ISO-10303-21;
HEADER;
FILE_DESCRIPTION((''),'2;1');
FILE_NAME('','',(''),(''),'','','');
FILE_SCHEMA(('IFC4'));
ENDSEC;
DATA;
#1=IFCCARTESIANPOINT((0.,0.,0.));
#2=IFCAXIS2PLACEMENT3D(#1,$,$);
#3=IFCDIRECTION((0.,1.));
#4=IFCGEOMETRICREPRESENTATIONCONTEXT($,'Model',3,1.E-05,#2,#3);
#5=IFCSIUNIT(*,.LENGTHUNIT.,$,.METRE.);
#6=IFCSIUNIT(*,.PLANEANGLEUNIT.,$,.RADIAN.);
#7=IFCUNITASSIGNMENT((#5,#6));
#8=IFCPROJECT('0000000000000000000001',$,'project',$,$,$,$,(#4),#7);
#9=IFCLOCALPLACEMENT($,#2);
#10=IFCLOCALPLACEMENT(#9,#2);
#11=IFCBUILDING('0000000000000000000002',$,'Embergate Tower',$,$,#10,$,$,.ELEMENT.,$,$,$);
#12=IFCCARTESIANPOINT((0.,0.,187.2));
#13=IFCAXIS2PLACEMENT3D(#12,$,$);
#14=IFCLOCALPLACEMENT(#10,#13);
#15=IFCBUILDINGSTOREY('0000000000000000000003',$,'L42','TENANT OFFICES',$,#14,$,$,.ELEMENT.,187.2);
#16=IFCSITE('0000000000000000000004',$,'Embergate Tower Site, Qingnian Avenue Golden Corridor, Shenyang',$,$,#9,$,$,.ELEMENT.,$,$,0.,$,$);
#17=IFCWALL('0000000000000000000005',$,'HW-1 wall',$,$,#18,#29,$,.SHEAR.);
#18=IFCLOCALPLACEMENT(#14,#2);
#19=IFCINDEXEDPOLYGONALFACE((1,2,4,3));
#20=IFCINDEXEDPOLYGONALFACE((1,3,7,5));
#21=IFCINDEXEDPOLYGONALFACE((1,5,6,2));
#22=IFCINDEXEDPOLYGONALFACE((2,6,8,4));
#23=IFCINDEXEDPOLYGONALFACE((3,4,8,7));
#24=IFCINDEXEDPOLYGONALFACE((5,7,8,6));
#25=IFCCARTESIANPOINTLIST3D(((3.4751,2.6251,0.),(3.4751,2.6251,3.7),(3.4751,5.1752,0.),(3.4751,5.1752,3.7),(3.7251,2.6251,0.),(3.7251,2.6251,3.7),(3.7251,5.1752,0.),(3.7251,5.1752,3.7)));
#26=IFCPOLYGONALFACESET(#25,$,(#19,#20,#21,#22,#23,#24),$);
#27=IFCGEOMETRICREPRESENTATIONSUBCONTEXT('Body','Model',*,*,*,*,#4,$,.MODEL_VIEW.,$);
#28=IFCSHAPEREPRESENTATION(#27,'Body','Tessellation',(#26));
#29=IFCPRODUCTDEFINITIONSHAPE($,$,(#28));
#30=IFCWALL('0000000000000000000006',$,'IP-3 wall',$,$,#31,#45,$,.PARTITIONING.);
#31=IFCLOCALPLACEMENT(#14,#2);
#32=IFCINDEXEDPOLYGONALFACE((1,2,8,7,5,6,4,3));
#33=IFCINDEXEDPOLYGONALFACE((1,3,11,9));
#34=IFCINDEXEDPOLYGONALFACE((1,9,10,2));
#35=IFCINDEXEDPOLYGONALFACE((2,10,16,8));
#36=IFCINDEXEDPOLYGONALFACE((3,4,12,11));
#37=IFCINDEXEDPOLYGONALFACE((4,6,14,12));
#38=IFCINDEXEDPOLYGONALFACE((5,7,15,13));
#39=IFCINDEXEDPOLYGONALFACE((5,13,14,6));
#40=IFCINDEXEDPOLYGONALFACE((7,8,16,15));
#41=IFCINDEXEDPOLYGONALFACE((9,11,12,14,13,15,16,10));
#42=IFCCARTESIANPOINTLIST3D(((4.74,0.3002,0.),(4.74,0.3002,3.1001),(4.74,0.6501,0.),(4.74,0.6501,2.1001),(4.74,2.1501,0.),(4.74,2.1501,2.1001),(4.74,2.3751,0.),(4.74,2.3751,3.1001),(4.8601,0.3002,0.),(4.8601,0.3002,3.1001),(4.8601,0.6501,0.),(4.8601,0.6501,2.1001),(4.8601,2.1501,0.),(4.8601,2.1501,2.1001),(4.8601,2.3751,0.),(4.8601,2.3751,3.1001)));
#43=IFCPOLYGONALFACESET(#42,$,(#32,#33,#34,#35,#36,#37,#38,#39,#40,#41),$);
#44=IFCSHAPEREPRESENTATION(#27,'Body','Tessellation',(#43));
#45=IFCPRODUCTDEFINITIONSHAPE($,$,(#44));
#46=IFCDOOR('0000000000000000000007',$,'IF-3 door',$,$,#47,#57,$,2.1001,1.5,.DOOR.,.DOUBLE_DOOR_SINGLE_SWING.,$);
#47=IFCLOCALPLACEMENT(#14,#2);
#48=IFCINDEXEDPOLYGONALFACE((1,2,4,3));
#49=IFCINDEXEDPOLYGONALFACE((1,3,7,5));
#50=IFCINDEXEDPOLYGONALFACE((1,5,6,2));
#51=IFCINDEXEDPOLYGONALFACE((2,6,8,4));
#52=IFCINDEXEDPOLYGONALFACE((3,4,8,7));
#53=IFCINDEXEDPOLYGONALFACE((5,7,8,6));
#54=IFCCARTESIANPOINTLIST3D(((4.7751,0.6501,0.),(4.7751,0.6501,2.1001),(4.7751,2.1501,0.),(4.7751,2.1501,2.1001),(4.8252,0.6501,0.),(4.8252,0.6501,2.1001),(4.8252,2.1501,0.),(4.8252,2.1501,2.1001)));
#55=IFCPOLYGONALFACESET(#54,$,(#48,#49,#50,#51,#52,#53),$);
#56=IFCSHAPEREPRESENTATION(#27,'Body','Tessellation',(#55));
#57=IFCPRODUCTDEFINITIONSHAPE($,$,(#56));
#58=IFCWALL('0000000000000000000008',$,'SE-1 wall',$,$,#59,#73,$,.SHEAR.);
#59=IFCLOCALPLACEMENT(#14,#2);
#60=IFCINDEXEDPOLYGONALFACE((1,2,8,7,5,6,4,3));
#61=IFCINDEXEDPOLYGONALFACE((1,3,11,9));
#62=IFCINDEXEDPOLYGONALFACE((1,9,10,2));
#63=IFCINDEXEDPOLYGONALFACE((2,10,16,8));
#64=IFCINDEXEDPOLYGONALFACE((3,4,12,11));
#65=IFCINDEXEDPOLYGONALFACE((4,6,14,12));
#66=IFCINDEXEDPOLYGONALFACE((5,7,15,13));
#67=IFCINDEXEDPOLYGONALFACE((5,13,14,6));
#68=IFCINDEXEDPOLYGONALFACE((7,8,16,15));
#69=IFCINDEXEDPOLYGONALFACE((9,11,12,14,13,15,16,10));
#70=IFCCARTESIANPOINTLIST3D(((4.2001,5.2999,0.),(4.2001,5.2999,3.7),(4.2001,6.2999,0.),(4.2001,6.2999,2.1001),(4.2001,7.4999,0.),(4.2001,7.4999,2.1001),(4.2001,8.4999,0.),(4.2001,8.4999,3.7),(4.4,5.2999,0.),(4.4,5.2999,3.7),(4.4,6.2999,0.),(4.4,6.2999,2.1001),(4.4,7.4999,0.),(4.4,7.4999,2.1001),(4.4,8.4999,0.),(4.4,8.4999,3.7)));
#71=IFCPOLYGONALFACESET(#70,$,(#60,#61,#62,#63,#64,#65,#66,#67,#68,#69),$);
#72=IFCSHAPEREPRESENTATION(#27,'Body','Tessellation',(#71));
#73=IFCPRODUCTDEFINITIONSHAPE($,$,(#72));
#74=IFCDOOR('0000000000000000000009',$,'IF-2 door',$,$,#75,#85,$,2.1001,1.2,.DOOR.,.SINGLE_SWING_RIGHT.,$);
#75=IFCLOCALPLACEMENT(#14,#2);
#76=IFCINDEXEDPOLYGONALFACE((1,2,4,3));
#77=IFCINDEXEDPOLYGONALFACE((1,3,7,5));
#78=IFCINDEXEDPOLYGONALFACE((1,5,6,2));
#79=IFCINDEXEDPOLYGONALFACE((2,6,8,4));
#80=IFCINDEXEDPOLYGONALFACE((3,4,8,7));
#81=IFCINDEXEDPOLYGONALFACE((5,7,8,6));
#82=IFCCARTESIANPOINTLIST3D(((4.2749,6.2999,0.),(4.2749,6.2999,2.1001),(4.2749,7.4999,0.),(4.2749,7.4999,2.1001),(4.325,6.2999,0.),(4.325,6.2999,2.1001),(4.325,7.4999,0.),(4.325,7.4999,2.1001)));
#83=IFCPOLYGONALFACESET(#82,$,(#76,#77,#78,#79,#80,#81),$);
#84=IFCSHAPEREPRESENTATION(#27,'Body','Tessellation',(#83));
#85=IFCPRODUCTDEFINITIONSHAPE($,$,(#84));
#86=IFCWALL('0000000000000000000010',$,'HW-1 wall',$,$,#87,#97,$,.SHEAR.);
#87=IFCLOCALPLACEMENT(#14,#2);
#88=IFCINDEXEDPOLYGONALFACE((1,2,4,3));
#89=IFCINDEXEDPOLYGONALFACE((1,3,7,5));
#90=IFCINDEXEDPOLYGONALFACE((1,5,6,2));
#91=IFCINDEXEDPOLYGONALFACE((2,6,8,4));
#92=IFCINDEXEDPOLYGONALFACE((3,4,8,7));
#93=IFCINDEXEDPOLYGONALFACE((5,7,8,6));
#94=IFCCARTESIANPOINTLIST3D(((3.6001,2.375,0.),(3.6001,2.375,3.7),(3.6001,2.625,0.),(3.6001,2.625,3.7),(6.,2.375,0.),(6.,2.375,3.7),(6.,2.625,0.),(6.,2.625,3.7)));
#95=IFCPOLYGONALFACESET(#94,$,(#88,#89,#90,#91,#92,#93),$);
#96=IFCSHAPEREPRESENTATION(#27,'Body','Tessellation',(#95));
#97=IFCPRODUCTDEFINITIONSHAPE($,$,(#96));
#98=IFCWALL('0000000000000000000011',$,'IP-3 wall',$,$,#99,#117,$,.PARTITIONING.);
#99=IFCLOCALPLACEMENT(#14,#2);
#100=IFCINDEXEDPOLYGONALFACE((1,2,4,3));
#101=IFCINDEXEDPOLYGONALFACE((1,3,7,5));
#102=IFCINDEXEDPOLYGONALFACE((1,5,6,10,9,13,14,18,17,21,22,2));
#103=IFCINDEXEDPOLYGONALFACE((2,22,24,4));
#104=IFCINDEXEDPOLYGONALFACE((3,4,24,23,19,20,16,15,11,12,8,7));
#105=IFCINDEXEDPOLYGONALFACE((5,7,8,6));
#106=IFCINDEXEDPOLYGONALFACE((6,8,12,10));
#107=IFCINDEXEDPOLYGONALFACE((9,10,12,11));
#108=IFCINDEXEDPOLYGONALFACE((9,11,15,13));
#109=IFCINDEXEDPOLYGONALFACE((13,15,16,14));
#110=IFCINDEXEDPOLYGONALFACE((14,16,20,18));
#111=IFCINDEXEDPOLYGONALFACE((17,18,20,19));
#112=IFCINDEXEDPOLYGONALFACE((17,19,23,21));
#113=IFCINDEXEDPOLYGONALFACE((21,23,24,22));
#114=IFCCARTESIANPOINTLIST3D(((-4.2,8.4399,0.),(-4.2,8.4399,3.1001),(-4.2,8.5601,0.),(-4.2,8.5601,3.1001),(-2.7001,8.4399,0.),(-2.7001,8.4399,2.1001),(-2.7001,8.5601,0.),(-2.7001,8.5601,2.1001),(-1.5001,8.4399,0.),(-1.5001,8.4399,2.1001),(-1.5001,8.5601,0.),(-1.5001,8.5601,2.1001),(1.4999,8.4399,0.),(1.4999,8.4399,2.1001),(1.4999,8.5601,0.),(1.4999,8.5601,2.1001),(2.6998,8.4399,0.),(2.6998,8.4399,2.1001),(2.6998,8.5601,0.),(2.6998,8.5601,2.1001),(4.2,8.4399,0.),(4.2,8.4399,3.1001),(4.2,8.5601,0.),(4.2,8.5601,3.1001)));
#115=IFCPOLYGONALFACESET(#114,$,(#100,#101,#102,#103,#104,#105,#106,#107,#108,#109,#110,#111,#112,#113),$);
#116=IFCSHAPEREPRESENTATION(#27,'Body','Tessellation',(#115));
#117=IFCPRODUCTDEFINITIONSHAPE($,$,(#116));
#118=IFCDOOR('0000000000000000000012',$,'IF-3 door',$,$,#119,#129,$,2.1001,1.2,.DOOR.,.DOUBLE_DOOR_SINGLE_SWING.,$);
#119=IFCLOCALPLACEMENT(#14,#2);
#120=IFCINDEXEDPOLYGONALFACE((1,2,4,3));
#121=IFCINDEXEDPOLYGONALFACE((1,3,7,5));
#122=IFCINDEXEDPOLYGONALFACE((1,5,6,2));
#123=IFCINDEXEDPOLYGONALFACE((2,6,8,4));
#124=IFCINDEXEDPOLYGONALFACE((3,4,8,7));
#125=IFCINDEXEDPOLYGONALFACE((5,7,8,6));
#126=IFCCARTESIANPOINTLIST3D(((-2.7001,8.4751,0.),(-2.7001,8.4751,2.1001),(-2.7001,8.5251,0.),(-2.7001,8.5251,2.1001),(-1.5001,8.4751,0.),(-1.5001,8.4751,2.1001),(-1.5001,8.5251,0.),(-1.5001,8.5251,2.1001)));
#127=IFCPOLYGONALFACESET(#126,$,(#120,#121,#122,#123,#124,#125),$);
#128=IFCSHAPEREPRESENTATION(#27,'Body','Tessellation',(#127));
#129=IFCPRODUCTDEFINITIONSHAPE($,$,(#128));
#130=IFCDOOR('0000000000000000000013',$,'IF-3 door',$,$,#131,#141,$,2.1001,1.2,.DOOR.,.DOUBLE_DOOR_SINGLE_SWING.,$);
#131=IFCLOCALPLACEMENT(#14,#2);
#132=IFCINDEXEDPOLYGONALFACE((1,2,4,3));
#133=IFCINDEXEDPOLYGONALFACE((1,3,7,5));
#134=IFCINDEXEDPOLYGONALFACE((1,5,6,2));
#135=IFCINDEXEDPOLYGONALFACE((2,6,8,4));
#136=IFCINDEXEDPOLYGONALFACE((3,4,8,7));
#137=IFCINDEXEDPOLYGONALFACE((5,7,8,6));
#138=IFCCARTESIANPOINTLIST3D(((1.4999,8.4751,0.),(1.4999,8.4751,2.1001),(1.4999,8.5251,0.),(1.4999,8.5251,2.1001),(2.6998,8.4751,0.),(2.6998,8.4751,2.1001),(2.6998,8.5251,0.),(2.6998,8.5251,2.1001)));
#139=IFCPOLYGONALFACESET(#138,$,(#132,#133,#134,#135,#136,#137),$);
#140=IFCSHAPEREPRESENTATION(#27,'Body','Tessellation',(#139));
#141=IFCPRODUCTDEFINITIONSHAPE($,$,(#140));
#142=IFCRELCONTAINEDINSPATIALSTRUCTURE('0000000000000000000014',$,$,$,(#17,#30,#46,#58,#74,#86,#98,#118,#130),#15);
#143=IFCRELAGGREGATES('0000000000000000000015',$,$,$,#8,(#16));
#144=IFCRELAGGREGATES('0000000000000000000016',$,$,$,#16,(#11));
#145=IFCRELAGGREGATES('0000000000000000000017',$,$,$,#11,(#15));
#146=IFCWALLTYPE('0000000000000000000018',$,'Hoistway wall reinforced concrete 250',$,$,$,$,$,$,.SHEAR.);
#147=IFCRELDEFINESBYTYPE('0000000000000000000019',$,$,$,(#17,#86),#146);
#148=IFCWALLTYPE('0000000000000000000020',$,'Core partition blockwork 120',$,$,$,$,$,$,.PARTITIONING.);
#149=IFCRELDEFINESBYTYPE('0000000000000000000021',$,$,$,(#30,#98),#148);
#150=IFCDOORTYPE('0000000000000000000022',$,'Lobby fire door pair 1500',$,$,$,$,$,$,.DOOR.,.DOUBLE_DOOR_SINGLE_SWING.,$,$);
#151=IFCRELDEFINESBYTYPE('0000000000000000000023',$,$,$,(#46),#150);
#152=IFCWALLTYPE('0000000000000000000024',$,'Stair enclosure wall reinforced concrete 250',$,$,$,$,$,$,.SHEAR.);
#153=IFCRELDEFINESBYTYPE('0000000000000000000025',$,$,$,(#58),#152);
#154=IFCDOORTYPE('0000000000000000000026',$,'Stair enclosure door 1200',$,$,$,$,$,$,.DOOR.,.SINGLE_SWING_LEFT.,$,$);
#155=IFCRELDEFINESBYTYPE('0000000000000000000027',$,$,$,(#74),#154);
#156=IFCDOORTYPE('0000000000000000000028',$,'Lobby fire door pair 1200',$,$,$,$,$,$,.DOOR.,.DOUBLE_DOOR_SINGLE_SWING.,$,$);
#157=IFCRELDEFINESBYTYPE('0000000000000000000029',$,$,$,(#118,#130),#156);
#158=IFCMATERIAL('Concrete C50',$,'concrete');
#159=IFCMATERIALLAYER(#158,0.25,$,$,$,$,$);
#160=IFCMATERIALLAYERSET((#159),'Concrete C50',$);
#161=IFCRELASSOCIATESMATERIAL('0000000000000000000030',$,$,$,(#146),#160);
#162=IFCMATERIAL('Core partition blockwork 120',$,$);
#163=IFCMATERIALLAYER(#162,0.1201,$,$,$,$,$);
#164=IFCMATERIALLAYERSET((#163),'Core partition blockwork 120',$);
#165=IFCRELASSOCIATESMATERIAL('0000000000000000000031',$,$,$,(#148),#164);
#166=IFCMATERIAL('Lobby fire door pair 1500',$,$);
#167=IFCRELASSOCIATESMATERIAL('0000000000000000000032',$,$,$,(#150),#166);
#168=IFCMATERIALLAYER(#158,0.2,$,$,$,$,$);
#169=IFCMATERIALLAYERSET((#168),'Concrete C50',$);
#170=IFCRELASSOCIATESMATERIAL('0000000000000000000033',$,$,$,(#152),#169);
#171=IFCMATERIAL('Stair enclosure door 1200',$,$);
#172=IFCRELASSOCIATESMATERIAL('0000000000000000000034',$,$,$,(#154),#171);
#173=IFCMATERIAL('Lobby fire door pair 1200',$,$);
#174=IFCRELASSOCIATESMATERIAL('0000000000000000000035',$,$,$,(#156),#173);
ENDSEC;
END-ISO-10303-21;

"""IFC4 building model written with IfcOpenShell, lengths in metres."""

from ifc_helpers import new_model, si_unit, direction, frame, frame_2d, origin, place, context, subcontext, project, spatial, rectangle, extrude, source, transform, mapped, material, layer, layer_set, type_object, element, fill, save


model = new_model("IFC4")

# Units and contexts
model_context = context("Model", 3, precision=1e-05, world=origin(), true_north=direction((0.0, 1.0)))
body_context = subcontext(model_context, "Body", "Model", "MODEL_VIEW")
ifc_project = project(units=[si_unit("LENGTHUNIT", "METRE"), si_unit("PLANEANGLEUNIT", "RADIAN")], contexts=[model_context])

# Site, building, storey
site_placement = place(None, origin())
site = spatial("IfcSite", under=ifc_project, at=site_placement, Name="Embergate Tower Site, Qingnian Avenue Golden Corridor, Shenyang", CompositionType="ELEMENT", RefElevation=0.0)
building_placement = place(site_placement, origin())
building = spatial("IfcBuilding", under=site, at=building_placement, Name="Embergate Tower", CompositionType="ELEMENT")
storey_placement = place(building_placement, frame((0.0, 0.0, 187.2)))
storey = spatial("IfcBuildingStorey", under=building, at=storey_placement, Name="L42", Description="TENANT OFFICES", CompositionType="ELEMENT", Elevation=187.2)

# Wall
ifc_material_1 = material(Name="Concrete C50", Category="concrete")
ifc_layer_1 = layer(ifc_material_1, 0.25)
ifc_layer_set_1 = layer_set([ifc_layer_1], Name="Concrete C50")
wall_type_1 = type_object("IfcWallType", Name="Hoistway wall reinforced concrete 250", PredefinedType="SHEAR", material=ifc_layer_set_1)
shared_shape_1 = source(origin(), body_context, "Body", "SweptSolid", [
    extrude(rectangle(XDim=2.55, YDim=0.25, at=frame_2d((1.2749, 0.0))), origin(), (0.0, 0.0, 1.0), 3.7),
])
wall_1_placement = place(storey_placement, frame((3.6001, 5.175, 0.0), z_axis=(0.0, 0.0, 1.0), x_axis=(0.0, -1.0, 0.0)))
element("IfcWall", 1, at=wall_1_placement, inside=storey, type_object=wall_type_1, Name="HW-1 wall", PredefinedType="SHEAR", context=body_context, shape_type="MappedRepresentation", body=[
    mapped(shared_shape_1, transform((0.0, 0.0, 0.0))),
])

# Walls, openings, doors
ifc_material_2 = material(Name="Core partition blockwork 120")
ifc_layer_2 = layer(ifc_material_2, 0.1201)
ifc_layer_set_2 = layer_set([ifc_layer_2], Name="Core partition blockwork 120")
wall_type_2 = type_object("IfcWallType", Name="Core partition blockwork 120", PredefinedType="PARTITIONING", material=ifc_layer_set_2)
shared_shape_2 = source(origin(), body_context, "Body", "SweptSolid", [
    extrude(rectangle(XDim=2.075, YDim=0.1201, at=frame_2d((1.0376, 0.0))), origin(), (0.0, 0.0, 1.0), 3.1001),
])
wall_2_placement = place(storey_placement, frame((4.8, 0.3, 0.0), z_axis=(0.0, 0.0, 1.0), x_axis=(0.0, 1.0, 0.0)))
wall_2 = element("IfcWall", 2, at=wall_2_placement, inside=storey, type_object=wall_type_2, Name="IP-3 wall", PredefinedType="PARTITIONING", context=body_context, shape_type="MappedRepresentation", body=[
    mapped(shared_shape_2, transform((0.0, 0.0, 0.0))),
])
shared_shape_3 = source(origin(), body_context, "Body", "SweptSolid", [
    extrude(rectangle(XDim=1.5, YDim=2.1001, at=frame_2d((0.75, 1.05))), frame((0.0, 0.0701, 0.0), z_axis=(0.0, -1.0, 0.0), x_axis=(1.0, 0.0, 0.0)), (0.0, 0.0, 1.0), 0.1401),
])
opening_1_placement = place(wall_2_placement, frame((0.3501, 0.0, 0.0)))
opening_1 = element("IfcOpeningElement", 3, at=opening_1_placement, cuts=wall_2, PredefinedType="OPENING", context=body_context, shape_type="MappedRepresentation", body=[
    mapped(shared_shape_3, transform((0.0, 0.0, 0.0))),
])
ifc_material_3 = material(Name="Lobby fire door pair 1500")
door_type_1 = type_object("IfcDoorType", Name="Lobby fire door pair 1500", OperationType="DOUBLE_DOOR_SINGLE_SWING", PredefinedType="DOOR", material=ifc_material_3)
shared_shape_4 = source(origin(), body_context, "Body", "SweptSolid", [
    extrude(rectangle(XDim=1.5, YDim=2.1001, at=frame_2d((0.75, 1.05))), frame((0.0, 0.0249, 0.0), z_axis=(0.0, -1.0, 0.0), x_axis=(1.0, 0.0, 0.0)), (0.0, 0.0, 1.0), 0.05),
])
door_1_placement = place(opening_1_placement, origin())
door_1 = element("IfcDoor", 4, at=door_1_placement, inside=storey, type_object=door_type_1, Name="IF-3 door", OperationType="DOUBLE_DOOR_SINGLE_SWING", OverallHeight=2.1001, OverallWidth=1.5, PredefinedType="DOOR", context=body_context, shape_type="MappedRepresentation", body=[
    mapped(shared_shape_4, transform((0.0, 0.0, 0.0))),
])
fill(opening_1, door_1)
ifc_layer_3 = layer(ifc_material_1, 0.2)
ifc_layer_set_3 = layer_set([ifc_layer_3], Name="Concrete C50")
wall_type_3 = type_object("IfcWallType", Name="Stair enclosure wall reinforced concrete 250", PredefinedType="SHEAR", material=ifc_layer_set_3)
shared_shape_5 = source(origin(), body_context, "Body", "SweptSolid", [
    extrude(rectangle(XDim=3.2, YDim=0.2, at=frame_2d((1.6001, 0.0))), origin(), (0.0, 0.0, 1.0), 3.7),
])
wall_3_placement = place(storey_placement, frame((4.3, 8.5, 0.0), z_axis=(0.0, 0.0, 1.0), x_axis=(0.0, -1.0, 0.0)))
wall_3 = element("IfcWall", 5, at=wall_3_placement, inside=storey, type_object=wall_type_3, Name="SE-1 wall", PredefinedType="SHEAR", context=body_context, shape_type="MappedRepresentation", body=[
    mapped(shared_shape_5, transform((0.0, 0.0, 0.0))),
])
shared_shape_6 = source(origin(), body_context, "Body", "SweptSolid", [
    extrude(rectangle(XDim=1.2, YDim=2.1001, at=frame_2d((0.6001, 1.05))), frame((0.0, 0.1099, 0.0), z_axis=(0.0, -1.0, 0.0), x_axis=(1.0, 0.0, 0.0)), (0.0, 0.0, 1.0), 0.22),
])
opening_2_placement = place(wall_3_placement, frame((1.0, 0.0, 0.0)))
opening_2 = element("IfcOpeningElement", 6, at=opening_2_placement, cuts=wall_3, PredefinedType="OPENING", context=body_context, shape_type="MappedRepresentation", body=[
    mapped(shared_shape_6, transform((0.0, 0.0, 0.0))),
])
ifc_material_4 = material(Name="Stair enclosure door 1200")
door_type_2 = type_object("IfcDoorType", Name="Stair enclosure door 1200", OperationType="SINGLE_SWING_LEFT", PredefinedType="DOOR", material=ifc_material_4)
shared_shape_7 = source(origin(), body_context, "Body", "SweptSolid", [
    extrude(rectangle(XDim=1.2, YDim=2.1001, at=frame_2d((0.6001, 1.05))), frame((0.0, 0.0249, 0.0), z_axis=(0.0, -1.0, 0.0), x_axis=(1.0, 0.0, 0.0)), (0.0, 0.0, 1.0), 0.05),
])
door_2_placement = place(opening_2_placement, origin())
door_2 = element("IfcDoor", 7, at=door_2_placement, inside=storey, type_object=door_type_2, Name="IF-2 door", OperationType="SINGLE_SWING_RIGHT", OverallHeight=2.1001, OverallWidth=1.2, PredefinedType="DOOR", context=body_context, shape_type="MappedRepresentation", body=[
    mapped(shared_shape_7, transform((0.0, 0.0, 0.0))),
])
fill(opening_2, door_2)

# Wall
shared_shape_8 = source(origin(), body_context, "Body", "SweptSolid", [
    extrude(rectangle(XDim=2.3999, YDim=0.25, at=frame_2d((1.2, 0.0))), origin(), (0.0, 0.0, 1.0), 3.7),
])
wall_4_placement = place(storey_placement, frame((3.6001, 2.5, 0.0), z_axis=(0.0, 0.0, 1.0), x_axis=(1.0, 0.0, 0.0)))
element("IfcWall", 8, at=wall_4_placement, inside=storey, type_object=wall_type_1, Name="HW-1 wall", PredefinedType="SHEAR", context=body_context, shape_type="MappedRepresentation", body=[
    mapped(shared_shape_8, transform((0.0, 0.0, 0.0))),
])

# Wall, openings, doors
shared_shape_9 = source(origin(), body_context, "Body", "SweptSolid", [
    extrude(rectangle(XDim=8.3999, YDim=0.1201, at=frame_2d((4.2, 0.0))), origin(), (0.0, 0.0, 1.0), 3.1001),
])
wall_5_placement = place(storey_placement, frame((4.2, 8.5, 0.0), z_axis=(0.0, 0.0, 1.0), x_axis=(-1.0, 0.0, 0.0)))
wall_5 = element("IfcWall", 9, at=wall_5_placement, inside=storey, type_object=wall_type_2, Name="IP-3 wall", PredefinedType="PARTITIONING", context=body_context, shape_type="MappedRepresentation", body=[
    mapped(shared_shape_9, transform((0.0, 0.0, 0.0))),
])
shared_shape_10 = source(origin(), body_context, "Body", "SweptSolid", [
    extrude(rectangle(XDim=1.2, YDim=2.1001, at=frame_2d((0.6001, 1.05))), frame((0.0, 0.0701, 0.0), z_axis=(0.0, -1.0, 0.0), x_axis=(1.0, 0.0, 0.0)), (0.0, 0.0, 1.0), 0.1401),
])
opening_3_placement = place(wall_5_placement, frame((5.7, 0.0, 0.0)))
opening_3 = element("IfcOpeningElement", 10, at=opening_3_placement, cuts=wall_5, PredefinedType="OPENING", context=body_context, shape_type="MappedRepresentation", body=[
    mapped(shared_shape_10, transform((0.0, 0.0, 0.0))),
])
opening_4_placement = place(wall_5_placement, frame((1.5, 0.0, 0.0)))
opening_4 = element("IfcOpeningElement", 11, at=opening_4_placement, cuts=wall_5, PredefinedType="OPENING", context=body_context, shape_type="MappedRepresentation", body=[
    mapped(shared_shape_10, transform((0.0, 0.0, 0.0))),
])
ifc_material_5 = material(Name="Lobby fire door pair 1200")
door_type_3 = type_object("IfcDoorType", Name="Lobby fire door pair 1200", OperationType="DOUBLE_DOOR_SINGLE_SWING", PredefinedType="DOOR", material=ifc_material_5)
door_3_placement = place(opening_3_placement, origin())
door_3 = element("IfcDoor", 12, at=door_3_placement, inside=storey, type_object=door_type_3, Name="IF-3 door", OperationType="DOUBLE_DOOR_SINGLE_SWING", OverallHeight=2.1001, OverallWidth=1.2, PredefinedType="DOOR", context=body_context, shape_type="MappedRepresentation", body=[
    mapped(shared_shape_7, transform((0.0, 0.0, 0.0))),
])
fill(opening_3, door_3)
door_4_placement = place(opening_4_placement, origin())
door_4 = element("IfcDoor", 13, at=door_4_placement, inside=storey, type_object=door_type_3, Name="IF-3 door", OperationType="DOUBLE_DOOR_SINGLE_SWING", OverallHeight=2.1001, OverallWidth=1.2, PredefinedType="DOOR", context=body_context, shape_type="MappedRepresentation", body=[
    mapped(shared_shape_7, transform((0.0, 0.0, 0.0))),
])
fill(opening_4, door_4)

save(model, "model.ifc")
